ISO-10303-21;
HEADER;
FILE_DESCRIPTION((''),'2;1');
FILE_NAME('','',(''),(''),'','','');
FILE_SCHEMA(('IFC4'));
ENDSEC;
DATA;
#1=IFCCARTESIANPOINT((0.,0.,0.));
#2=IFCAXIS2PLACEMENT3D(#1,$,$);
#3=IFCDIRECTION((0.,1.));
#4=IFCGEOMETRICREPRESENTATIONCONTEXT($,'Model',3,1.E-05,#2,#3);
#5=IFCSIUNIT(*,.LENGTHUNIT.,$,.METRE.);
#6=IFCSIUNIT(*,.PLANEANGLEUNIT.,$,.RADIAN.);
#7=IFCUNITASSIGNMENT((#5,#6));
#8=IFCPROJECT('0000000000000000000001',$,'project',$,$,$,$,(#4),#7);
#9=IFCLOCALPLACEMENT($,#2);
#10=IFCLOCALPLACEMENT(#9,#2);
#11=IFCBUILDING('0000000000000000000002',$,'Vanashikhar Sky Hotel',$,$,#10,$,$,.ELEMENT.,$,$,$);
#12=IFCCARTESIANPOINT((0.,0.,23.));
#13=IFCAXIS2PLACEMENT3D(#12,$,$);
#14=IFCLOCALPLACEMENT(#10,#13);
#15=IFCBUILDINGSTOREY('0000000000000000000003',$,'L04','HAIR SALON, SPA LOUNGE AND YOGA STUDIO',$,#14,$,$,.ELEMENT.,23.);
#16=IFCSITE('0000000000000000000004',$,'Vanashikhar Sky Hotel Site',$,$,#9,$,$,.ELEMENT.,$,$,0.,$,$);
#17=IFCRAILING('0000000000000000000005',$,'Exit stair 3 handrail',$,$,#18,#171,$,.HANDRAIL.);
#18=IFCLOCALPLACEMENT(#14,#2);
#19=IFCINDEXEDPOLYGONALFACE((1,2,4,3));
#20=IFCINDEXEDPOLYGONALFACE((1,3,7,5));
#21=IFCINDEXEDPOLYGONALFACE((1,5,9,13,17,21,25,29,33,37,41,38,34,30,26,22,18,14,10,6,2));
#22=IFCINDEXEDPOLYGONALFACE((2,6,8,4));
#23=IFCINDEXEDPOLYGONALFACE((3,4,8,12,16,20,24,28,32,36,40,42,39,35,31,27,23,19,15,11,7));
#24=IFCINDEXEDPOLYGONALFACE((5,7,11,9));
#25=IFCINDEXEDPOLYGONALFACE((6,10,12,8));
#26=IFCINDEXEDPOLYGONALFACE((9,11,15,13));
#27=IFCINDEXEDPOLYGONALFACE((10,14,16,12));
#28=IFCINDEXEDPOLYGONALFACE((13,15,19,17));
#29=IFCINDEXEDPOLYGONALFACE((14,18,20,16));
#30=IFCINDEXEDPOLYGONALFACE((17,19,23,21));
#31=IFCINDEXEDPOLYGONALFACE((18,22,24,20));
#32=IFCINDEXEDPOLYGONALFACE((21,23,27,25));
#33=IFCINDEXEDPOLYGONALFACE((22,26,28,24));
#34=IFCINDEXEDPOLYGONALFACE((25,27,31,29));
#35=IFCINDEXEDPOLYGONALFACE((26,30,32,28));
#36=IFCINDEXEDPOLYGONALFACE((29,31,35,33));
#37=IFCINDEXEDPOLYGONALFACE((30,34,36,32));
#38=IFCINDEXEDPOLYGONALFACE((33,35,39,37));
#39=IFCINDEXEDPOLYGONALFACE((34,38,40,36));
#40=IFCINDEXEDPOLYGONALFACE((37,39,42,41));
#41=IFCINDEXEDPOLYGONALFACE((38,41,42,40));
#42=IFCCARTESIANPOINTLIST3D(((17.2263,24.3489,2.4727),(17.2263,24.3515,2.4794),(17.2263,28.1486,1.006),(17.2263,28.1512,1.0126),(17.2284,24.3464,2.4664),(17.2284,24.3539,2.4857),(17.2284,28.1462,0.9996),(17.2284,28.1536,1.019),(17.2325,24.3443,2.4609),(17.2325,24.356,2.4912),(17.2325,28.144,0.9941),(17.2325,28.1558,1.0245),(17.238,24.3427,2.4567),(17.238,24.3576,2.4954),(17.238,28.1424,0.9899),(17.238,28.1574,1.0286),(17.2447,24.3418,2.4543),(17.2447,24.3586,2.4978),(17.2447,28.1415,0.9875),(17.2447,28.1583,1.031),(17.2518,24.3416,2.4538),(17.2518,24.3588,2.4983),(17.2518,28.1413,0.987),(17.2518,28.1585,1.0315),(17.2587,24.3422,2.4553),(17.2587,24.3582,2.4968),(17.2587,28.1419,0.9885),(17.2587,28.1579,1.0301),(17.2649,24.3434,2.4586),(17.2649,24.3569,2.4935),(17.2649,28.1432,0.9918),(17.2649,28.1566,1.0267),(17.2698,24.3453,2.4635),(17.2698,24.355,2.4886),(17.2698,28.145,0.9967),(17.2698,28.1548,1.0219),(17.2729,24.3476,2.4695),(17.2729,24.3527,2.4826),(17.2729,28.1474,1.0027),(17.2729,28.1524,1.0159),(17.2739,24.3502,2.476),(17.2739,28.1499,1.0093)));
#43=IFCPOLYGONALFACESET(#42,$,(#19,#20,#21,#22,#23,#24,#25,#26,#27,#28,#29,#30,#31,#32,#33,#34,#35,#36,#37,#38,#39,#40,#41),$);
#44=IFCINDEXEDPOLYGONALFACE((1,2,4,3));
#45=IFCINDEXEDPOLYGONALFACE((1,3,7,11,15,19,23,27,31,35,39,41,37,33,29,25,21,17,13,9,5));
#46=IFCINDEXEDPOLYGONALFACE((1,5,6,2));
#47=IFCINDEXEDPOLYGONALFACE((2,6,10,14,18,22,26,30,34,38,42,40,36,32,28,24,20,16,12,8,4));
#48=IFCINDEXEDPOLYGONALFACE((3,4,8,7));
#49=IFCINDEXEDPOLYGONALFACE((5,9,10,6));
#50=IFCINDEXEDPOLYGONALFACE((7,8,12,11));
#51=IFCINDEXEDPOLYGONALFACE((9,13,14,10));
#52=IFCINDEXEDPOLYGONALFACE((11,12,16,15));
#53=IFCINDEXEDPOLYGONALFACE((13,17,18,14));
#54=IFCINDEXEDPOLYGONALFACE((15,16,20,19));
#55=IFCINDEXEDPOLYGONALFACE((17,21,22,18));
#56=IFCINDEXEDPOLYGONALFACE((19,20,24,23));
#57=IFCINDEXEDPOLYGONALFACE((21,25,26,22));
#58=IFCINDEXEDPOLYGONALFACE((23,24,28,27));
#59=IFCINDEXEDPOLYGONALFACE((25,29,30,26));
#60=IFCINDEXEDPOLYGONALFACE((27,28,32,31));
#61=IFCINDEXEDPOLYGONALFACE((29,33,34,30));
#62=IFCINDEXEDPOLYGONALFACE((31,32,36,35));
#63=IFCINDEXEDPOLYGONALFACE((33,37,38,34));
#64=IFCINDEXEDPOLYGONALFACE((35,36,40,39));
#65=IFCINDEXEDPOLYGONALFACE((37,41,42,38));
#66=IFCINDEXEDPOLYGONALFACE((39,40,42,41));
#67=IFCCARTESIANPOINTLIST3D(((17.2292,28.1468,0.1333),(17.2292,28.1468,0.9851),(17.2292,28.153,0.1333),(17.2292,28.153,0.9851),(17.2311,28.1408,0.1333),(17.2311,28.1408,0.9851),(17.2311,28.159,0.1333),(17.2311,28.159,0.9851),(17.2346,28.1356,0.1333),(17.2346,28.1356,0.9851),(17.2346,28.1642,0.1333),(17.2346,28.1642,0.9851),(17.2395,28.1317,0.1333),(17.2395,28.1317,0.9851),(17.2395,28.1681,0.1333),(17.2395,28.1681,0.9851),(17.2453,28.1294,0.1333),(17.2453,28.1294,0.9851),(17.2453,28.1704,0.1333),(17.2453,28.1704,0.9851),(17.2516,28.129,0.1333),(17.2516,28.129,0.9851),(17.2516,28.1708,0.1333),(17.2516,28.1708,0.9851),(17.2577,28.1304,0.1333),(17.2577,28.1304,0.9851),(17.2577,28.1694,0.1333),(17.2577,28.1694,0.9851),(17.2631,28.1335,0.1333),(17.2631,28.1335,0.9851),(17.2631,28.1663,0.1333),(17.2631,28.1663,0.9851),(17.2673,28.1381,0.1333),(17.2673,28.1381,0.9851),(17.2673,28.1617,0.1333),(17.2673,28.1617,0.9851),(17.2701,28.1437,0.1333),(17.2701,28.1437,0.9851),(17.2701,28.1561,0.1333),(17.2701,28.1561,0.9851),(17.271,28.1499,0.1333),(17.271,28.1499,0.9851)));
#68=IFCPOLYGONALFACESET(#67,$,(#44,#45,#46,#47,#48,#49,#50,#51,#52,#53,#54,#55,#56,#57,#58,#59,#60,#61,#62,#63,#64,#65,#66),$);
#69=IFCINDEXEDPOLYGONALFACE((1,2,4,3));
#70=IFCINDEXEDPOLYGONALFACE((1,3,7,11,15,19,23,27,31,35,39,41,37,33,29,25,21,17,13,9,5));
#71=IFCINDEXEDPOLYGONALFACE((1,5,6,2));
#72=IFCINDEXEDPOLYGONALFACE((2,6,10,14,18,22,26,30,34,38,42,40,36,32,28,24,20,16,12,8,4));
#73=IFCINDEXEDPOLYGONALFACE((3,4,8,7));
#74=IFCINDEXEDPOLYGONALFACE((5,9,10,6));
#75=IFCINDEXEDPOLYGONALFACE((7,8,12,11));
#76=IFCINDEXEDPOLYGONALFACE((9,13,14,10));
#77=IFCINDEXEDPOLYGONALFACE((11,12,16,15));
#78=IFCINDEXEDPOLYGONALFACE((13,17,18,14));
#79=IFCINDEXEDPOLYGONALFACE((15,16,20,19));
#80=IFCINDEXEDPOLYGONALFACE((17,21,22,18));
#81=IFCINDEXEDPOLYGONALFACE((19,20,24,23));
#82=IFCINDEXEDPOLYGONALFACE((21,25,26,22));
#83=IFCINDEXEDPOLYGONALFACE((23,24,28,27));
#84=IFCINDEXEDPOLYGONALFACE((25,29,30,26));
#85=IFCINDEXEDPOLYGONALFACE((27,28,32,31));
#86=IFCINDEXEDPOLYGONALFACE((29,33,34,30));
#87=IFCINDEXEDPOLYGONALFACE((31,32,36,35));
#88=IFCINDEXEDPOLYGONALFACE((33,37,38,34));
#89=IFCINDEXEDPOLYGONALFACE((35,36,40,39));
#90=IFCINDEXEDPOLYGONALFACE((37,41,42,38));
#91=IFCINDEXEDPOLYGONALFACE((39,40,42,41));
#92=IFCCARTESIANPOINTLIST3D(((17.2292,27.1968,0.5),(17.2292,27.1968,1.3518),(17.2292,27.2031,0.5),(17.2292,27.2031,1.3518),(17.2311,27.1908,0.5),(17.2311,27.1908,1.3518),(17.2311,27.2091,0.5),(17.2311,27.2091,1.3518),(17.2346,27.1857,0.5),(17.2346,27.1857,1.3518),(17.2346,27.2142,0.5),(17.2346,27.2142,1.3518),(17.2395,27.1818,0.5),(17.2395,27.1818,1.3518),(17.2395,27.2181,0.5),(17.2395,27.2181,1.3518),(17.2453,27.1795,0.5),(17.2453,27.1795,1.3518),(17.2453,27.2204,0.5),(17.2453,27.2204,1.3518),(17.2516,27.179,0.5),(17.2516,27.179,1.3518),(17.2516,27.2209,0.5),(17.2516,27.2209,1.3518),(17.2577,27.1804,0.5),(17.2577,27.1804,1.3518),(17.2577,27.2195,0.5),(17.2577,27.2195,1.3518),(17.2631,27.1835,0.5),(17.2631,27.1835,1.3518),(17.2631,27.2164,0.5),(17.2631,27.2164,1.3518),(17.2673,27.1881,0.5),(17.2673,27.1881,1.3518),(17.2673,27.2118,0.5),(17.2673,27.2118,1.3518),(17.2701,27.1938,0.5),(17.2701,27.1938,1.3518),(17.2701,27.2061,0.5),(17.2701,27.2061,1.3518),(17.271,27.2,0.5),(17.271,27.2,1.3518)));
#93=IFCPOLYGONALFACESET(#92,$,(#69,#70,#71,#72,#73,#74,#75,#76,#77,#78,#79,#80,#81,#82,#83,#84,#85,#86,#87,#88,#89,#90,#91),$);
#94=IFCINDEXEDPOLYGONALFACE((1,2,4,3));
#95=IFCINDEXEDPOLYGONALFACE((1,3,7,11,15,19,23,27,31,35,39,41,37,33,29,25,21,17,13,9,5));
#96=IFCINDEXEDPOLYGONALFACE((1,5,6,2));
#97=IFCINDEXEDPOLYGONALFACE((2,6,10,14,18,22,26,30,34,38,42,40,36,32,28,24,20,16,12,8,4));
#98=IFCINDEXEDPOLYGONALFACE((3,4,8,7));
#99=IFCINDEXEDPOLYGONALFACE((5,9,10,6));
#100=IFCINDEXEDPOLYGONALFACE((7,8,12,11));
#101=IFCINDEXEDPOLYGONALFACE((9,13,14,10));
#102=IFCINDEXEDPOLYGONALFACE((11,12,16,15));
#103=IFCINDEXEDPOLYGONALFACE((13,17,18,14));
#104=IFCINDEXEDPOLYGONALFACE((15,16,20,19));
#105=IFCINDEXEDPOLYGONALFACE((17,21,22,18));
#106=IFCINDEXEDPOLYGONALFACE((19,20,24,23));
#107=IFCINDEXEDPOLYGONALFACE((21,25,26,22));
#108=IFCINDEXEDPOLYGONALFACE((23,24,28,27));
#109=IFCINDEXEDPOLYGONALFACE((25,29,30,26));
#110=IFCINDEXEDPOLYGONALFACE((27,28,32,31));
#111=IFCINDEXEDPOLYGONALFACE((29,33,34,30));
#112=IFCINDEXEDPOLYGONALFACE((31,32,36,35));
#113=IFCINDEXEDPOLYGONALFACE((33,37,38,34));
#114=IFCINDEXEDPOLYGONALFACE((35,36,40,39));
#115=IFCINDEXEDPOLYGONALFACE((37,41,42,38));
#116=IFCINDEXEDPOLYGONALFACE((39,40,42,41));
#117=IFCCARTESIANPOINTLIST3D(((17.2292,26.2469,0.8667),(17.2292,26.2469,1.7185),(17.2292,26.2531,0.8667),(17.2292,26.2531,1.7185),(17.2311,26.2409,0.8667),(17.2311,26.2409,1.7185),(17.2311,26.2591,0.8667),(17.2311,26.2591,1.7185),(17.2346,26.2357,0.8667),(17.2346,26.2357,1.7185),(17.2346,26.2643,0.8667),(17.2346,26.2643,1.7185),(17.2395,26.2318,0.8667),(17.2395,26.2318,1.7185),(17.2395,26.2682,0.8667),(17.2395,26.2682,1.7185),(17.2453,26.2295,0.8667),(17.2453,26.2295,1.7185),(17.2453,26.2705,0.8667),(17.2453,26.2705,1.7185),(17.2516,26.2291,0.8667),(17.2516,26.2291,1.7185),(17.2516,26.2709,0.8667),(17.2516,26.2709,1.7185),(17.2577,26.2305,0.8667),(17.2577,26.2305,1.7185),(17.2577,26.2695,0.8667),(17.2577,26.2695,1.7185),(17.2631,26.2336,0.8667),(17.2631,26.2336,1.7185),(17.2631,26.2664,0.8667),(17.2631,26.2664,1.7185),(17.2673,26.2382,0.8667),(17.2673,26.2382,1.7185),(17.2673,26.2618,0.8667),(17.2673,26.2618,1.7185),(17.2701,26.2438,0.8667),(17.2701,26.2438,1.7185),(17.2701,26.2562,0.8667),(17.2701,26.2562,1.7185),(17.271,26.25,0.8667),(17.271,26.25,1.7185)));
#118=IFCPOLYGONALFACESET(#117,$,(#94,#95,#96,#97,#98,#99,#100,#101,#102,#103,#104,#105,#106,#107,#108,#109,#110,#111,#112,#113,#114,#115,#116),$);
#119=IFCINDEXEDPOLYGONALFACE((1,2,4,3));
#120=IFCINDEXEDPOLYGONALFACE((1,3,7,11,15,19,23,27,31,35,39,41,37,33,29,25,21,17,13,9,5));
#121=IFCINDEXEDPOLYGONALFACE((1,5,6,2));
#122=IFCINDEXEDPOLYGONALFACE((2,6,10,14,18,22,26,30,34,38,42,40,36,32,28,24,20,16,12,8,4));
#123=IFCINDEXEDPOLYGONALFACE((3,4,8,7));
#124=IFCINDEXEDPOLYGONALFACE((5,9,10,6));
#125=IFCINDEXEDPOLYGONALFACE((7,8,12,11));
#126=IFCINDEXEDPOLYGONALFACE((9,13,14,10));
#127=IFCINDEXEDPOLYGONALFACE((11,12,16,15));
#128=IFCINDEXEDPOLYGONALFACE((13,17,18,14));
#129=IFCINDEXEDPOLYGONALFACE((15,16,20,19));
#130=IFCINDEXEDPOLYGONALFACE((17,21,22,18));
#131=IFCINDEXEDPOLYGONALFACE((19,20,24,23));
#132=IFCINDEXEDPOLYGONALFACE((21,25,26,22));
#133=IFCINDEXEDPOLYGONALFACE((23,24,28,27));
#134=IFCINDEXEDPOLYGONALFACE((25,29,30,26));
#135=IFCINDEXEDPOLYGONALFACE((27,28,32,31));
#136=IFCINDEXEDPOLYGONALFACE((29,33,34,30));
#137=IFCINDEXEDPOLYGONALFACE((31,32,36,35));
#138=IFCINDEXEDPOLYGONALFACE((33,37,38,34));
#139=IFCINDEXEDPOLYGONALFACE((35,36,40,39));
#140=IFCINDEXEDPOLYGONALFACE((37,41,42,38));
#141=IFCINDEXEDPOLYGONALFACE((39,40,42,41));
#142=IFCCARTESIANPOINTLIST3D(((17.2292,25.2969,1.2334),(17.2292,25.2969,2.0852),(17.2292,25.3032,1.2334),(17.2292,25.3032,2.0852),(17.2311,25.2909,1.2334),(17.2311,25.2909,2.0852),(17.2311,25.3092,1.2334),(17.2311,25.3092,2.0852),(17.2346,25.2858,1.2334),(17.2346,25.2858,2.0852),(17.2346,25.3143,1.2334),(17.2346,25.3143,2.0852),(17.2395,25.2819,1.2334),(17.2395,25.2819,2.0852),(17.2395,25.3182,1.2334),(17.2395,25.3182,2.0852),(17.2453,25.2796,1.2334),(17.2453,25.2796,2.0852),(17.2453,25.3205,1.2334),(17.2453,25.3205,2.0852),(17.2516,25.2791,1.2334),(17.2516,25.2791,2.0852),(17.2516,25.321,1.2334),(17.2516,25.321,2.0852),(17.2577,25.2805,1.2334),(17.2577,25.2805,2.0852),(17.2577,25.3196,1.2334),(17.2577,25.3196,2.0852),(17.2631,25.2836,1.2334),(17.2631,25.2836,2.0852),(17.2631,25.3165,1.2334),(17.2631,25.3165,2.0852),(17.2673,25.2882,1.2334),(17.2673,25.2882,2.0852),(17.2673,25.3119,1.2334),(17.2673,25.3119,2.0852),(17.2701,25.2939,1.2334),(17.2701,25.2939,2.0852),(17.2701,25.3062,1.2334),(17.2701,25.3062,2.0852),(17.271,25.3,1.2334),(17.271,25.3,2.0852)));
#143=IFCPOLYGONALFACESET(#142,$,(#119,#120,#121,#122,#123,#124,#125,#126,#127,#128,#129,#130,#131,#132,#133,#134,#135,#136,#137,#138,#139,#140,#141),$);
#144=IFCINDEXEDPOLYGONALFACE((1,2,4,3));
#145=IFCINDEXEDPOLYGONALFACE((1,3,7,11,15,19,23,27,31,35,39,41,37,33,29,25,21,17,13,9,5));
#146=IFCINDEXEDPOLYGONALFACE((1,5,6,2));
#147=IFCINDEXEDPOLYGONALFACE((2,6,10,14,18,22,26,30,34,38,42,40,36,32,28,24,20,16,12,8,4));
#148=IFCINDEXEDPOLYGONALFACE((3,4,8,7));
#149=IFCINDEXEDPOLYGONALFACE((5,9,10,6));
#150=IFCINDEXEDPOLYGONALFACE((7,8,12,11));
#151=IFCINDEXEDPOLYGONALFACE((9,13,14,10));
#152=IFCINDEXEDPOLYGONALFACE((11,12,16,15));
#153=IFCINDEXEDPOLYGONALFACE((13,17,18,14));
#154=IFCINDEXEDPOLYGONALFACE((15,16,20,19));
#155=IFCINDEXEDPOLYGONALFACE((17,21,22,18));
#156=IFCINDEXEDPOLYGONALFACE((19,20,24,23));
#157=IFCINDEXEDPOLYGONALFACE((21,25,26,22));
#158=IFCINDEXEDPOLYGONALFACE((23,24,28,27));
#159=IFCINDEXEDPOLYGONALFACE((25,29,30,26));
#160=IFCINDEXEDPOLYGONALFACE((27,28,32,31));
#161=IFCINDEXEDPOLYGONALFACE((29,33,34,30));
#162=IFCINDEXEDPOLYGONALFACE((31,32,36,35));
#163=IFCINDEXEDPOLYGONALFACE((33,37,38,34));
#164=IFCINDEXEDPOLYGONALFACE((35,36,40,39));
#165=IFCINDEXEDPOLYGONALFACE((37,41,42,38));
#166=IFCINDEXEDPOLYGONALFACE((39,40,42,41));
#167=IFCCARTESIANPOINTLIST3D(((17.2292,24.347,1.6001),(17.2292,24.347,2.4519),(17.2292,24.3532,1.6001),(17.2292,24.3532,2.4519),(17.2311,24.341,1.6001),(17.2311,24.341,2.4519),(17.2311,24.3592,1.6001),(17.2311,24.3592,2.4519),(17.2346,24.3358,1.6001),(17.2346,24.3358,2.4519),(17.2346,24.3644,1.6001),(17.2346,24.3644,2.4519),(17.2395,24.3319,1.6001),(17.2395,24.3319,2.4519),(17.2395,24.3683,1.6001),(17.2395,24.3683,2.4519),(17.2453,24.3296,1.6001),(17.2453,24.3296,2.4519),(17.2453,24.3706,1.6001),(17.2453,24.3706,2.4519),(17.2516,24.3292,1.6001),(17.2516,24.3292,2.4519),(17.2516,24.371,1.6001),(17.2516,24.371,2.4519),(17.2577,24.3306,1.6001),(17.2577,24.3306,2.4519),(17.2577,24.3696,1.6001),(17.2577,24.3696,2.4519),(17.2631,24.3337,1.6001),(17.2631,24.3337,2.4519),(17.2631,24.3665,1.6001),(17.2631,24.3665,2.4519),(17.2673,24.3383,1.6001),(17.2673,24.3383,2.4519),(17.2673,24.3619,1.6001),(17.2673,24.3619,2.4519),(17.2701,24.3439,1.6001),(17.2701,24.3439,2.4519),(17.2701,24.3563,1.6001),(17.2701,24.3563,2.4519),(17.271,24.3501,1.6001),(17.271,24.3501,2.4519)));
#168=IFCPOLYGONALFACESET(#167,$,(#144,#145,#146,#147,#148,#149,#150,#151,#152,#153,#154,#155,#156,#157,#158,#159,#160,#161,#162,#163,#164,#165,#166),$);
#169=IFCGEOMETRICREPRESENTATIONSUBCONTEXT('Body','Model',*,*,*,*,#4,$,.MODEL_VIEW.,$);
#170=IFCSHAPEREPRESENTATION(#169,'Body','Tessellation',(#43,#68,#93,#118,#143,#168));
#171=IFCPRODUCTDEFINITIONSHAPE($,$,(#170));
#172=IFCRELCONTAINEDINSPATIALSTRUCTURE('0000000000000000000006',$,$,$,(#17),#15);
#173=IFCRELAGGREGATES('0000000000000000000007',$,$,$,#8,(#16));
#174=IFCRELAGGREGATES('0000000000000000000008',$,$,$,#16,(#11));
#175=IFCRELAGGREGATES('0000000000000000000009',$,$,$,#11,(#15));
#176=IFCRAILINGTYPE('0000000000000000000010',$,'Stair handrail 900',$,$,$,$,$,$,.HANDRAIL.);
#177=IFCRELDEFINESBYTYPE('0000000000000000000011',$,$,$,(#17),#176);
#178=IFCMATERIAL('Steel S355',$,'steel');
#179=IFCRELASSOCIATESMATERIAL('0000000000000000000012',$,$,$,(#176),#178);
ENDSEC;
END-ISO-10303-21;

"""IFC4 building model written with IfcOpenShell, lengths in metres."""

from ifc_helpers import new_model, si_unit, direction, frame, origin, origin_2d, place, context, subcontext, project, spatial, circle, extrude, source, transform, mapped, material, type_object, element, save


model = new_model("IFC4")

# Units and contexts
model_context = context("Model", 3, precision=1e-05, world=origin(), true_north=direction((0.0, 1.0)))
body_context = subcontext(model_context, "Body", "Model", "MODEL_VIEW")
ifc_project = project(units=[si_unit("LENGTHUNIT", "METRE"), si_unit("PLANEANGLEUNIT", "RADIAN")], contexts=[model_context])

# Site, building, storey
site_placement = place(None, origin())
site = spatial("IfcSite", under=ifc_project, at=site_placement, Name="Vanashikhar Sky Hotel Site", CompositionType="ELEMENT", RefElevation=0.0)
building_placement = place(site_placement, origin())
building = spatial("IfcBuilding", under=site, at=building_placement, Name="Vanashikhar Sky Hotel", CompositionType="ELEMENT")
storey_placement = place(building_placement, frame((0.0, 0.0, 23.0)))
storey = spatial("IfcBuildingStorey", under=building, at=storey_placement, Name="L04", Description="HAIR SALON, SPA LOUNGE AND YOGA STUDIO", CompositionType="ELEMENT", Elevation=23.0)

# Railing
ifc_material_1 = material(Name="Steel S355", Category="steel")
railing_type_1 = type_object("IfcRailingType", Name="Stair handrail 900", PredefinedType="HANDRAIL", material=ifc_material_1)
shared_shape_1 = source(origin(), body_context, "Body", "SweptSolid", [
    extrude(circle(Radius=0.0239, at=origin_2d()), frame((0.0, 0.0, 0.876), z_axis=(0.0, -0.932906, 0.36012), x_axis=(1.0, 0.0, 0.0)), (0.0, 0.0, 1.0), 4.073),
    extrude(circle(Radius=0.021, at=origin_2d()), origin(), (0.0, 0.0, 1.0), 0.8518),
    extrude(circle(Radius=0.021, at=origin_2d()), frame((0.0, -0.95, 0.3667)), (0.0, 0.0, 1.0), 0.8518),
    extrude(circle(Radius=0.021, at=origin_2d()), frame((0.0, -1.8999, 0.7334)), (0.0, 0.0, 1.0), 0.8518),
    extrude(circle(Radius=0.021, at=origin_2d()), frame((0.0, -2.8499, 1.1001)), (0.0, 0.0, 1.0), 0.8518),
    extrude(circle(Radius=0.021, at=origin_2d()), frame((0.0, -3.7998, 1.4668)), (0.0, 0.0, 1.0), 0.8518),
])
for number, where, name in (
    (1, (17.25, 28.1499, 0.1333), "Exit stair 3 handrail"),
):
    element("IfcRailing", number, at=place(storey_placement, frame(where)), inside=storey, type_object=railing_type_1, Name=name, PredefinedType="HANDRAIL", context=body_context, shape_type="MappedRepresentation", body=[
        mapped(shared_shape_1, transform((0.0, 0.0, 0.0), scale=1.0)),
    ])

save(model, "model.ifc")
